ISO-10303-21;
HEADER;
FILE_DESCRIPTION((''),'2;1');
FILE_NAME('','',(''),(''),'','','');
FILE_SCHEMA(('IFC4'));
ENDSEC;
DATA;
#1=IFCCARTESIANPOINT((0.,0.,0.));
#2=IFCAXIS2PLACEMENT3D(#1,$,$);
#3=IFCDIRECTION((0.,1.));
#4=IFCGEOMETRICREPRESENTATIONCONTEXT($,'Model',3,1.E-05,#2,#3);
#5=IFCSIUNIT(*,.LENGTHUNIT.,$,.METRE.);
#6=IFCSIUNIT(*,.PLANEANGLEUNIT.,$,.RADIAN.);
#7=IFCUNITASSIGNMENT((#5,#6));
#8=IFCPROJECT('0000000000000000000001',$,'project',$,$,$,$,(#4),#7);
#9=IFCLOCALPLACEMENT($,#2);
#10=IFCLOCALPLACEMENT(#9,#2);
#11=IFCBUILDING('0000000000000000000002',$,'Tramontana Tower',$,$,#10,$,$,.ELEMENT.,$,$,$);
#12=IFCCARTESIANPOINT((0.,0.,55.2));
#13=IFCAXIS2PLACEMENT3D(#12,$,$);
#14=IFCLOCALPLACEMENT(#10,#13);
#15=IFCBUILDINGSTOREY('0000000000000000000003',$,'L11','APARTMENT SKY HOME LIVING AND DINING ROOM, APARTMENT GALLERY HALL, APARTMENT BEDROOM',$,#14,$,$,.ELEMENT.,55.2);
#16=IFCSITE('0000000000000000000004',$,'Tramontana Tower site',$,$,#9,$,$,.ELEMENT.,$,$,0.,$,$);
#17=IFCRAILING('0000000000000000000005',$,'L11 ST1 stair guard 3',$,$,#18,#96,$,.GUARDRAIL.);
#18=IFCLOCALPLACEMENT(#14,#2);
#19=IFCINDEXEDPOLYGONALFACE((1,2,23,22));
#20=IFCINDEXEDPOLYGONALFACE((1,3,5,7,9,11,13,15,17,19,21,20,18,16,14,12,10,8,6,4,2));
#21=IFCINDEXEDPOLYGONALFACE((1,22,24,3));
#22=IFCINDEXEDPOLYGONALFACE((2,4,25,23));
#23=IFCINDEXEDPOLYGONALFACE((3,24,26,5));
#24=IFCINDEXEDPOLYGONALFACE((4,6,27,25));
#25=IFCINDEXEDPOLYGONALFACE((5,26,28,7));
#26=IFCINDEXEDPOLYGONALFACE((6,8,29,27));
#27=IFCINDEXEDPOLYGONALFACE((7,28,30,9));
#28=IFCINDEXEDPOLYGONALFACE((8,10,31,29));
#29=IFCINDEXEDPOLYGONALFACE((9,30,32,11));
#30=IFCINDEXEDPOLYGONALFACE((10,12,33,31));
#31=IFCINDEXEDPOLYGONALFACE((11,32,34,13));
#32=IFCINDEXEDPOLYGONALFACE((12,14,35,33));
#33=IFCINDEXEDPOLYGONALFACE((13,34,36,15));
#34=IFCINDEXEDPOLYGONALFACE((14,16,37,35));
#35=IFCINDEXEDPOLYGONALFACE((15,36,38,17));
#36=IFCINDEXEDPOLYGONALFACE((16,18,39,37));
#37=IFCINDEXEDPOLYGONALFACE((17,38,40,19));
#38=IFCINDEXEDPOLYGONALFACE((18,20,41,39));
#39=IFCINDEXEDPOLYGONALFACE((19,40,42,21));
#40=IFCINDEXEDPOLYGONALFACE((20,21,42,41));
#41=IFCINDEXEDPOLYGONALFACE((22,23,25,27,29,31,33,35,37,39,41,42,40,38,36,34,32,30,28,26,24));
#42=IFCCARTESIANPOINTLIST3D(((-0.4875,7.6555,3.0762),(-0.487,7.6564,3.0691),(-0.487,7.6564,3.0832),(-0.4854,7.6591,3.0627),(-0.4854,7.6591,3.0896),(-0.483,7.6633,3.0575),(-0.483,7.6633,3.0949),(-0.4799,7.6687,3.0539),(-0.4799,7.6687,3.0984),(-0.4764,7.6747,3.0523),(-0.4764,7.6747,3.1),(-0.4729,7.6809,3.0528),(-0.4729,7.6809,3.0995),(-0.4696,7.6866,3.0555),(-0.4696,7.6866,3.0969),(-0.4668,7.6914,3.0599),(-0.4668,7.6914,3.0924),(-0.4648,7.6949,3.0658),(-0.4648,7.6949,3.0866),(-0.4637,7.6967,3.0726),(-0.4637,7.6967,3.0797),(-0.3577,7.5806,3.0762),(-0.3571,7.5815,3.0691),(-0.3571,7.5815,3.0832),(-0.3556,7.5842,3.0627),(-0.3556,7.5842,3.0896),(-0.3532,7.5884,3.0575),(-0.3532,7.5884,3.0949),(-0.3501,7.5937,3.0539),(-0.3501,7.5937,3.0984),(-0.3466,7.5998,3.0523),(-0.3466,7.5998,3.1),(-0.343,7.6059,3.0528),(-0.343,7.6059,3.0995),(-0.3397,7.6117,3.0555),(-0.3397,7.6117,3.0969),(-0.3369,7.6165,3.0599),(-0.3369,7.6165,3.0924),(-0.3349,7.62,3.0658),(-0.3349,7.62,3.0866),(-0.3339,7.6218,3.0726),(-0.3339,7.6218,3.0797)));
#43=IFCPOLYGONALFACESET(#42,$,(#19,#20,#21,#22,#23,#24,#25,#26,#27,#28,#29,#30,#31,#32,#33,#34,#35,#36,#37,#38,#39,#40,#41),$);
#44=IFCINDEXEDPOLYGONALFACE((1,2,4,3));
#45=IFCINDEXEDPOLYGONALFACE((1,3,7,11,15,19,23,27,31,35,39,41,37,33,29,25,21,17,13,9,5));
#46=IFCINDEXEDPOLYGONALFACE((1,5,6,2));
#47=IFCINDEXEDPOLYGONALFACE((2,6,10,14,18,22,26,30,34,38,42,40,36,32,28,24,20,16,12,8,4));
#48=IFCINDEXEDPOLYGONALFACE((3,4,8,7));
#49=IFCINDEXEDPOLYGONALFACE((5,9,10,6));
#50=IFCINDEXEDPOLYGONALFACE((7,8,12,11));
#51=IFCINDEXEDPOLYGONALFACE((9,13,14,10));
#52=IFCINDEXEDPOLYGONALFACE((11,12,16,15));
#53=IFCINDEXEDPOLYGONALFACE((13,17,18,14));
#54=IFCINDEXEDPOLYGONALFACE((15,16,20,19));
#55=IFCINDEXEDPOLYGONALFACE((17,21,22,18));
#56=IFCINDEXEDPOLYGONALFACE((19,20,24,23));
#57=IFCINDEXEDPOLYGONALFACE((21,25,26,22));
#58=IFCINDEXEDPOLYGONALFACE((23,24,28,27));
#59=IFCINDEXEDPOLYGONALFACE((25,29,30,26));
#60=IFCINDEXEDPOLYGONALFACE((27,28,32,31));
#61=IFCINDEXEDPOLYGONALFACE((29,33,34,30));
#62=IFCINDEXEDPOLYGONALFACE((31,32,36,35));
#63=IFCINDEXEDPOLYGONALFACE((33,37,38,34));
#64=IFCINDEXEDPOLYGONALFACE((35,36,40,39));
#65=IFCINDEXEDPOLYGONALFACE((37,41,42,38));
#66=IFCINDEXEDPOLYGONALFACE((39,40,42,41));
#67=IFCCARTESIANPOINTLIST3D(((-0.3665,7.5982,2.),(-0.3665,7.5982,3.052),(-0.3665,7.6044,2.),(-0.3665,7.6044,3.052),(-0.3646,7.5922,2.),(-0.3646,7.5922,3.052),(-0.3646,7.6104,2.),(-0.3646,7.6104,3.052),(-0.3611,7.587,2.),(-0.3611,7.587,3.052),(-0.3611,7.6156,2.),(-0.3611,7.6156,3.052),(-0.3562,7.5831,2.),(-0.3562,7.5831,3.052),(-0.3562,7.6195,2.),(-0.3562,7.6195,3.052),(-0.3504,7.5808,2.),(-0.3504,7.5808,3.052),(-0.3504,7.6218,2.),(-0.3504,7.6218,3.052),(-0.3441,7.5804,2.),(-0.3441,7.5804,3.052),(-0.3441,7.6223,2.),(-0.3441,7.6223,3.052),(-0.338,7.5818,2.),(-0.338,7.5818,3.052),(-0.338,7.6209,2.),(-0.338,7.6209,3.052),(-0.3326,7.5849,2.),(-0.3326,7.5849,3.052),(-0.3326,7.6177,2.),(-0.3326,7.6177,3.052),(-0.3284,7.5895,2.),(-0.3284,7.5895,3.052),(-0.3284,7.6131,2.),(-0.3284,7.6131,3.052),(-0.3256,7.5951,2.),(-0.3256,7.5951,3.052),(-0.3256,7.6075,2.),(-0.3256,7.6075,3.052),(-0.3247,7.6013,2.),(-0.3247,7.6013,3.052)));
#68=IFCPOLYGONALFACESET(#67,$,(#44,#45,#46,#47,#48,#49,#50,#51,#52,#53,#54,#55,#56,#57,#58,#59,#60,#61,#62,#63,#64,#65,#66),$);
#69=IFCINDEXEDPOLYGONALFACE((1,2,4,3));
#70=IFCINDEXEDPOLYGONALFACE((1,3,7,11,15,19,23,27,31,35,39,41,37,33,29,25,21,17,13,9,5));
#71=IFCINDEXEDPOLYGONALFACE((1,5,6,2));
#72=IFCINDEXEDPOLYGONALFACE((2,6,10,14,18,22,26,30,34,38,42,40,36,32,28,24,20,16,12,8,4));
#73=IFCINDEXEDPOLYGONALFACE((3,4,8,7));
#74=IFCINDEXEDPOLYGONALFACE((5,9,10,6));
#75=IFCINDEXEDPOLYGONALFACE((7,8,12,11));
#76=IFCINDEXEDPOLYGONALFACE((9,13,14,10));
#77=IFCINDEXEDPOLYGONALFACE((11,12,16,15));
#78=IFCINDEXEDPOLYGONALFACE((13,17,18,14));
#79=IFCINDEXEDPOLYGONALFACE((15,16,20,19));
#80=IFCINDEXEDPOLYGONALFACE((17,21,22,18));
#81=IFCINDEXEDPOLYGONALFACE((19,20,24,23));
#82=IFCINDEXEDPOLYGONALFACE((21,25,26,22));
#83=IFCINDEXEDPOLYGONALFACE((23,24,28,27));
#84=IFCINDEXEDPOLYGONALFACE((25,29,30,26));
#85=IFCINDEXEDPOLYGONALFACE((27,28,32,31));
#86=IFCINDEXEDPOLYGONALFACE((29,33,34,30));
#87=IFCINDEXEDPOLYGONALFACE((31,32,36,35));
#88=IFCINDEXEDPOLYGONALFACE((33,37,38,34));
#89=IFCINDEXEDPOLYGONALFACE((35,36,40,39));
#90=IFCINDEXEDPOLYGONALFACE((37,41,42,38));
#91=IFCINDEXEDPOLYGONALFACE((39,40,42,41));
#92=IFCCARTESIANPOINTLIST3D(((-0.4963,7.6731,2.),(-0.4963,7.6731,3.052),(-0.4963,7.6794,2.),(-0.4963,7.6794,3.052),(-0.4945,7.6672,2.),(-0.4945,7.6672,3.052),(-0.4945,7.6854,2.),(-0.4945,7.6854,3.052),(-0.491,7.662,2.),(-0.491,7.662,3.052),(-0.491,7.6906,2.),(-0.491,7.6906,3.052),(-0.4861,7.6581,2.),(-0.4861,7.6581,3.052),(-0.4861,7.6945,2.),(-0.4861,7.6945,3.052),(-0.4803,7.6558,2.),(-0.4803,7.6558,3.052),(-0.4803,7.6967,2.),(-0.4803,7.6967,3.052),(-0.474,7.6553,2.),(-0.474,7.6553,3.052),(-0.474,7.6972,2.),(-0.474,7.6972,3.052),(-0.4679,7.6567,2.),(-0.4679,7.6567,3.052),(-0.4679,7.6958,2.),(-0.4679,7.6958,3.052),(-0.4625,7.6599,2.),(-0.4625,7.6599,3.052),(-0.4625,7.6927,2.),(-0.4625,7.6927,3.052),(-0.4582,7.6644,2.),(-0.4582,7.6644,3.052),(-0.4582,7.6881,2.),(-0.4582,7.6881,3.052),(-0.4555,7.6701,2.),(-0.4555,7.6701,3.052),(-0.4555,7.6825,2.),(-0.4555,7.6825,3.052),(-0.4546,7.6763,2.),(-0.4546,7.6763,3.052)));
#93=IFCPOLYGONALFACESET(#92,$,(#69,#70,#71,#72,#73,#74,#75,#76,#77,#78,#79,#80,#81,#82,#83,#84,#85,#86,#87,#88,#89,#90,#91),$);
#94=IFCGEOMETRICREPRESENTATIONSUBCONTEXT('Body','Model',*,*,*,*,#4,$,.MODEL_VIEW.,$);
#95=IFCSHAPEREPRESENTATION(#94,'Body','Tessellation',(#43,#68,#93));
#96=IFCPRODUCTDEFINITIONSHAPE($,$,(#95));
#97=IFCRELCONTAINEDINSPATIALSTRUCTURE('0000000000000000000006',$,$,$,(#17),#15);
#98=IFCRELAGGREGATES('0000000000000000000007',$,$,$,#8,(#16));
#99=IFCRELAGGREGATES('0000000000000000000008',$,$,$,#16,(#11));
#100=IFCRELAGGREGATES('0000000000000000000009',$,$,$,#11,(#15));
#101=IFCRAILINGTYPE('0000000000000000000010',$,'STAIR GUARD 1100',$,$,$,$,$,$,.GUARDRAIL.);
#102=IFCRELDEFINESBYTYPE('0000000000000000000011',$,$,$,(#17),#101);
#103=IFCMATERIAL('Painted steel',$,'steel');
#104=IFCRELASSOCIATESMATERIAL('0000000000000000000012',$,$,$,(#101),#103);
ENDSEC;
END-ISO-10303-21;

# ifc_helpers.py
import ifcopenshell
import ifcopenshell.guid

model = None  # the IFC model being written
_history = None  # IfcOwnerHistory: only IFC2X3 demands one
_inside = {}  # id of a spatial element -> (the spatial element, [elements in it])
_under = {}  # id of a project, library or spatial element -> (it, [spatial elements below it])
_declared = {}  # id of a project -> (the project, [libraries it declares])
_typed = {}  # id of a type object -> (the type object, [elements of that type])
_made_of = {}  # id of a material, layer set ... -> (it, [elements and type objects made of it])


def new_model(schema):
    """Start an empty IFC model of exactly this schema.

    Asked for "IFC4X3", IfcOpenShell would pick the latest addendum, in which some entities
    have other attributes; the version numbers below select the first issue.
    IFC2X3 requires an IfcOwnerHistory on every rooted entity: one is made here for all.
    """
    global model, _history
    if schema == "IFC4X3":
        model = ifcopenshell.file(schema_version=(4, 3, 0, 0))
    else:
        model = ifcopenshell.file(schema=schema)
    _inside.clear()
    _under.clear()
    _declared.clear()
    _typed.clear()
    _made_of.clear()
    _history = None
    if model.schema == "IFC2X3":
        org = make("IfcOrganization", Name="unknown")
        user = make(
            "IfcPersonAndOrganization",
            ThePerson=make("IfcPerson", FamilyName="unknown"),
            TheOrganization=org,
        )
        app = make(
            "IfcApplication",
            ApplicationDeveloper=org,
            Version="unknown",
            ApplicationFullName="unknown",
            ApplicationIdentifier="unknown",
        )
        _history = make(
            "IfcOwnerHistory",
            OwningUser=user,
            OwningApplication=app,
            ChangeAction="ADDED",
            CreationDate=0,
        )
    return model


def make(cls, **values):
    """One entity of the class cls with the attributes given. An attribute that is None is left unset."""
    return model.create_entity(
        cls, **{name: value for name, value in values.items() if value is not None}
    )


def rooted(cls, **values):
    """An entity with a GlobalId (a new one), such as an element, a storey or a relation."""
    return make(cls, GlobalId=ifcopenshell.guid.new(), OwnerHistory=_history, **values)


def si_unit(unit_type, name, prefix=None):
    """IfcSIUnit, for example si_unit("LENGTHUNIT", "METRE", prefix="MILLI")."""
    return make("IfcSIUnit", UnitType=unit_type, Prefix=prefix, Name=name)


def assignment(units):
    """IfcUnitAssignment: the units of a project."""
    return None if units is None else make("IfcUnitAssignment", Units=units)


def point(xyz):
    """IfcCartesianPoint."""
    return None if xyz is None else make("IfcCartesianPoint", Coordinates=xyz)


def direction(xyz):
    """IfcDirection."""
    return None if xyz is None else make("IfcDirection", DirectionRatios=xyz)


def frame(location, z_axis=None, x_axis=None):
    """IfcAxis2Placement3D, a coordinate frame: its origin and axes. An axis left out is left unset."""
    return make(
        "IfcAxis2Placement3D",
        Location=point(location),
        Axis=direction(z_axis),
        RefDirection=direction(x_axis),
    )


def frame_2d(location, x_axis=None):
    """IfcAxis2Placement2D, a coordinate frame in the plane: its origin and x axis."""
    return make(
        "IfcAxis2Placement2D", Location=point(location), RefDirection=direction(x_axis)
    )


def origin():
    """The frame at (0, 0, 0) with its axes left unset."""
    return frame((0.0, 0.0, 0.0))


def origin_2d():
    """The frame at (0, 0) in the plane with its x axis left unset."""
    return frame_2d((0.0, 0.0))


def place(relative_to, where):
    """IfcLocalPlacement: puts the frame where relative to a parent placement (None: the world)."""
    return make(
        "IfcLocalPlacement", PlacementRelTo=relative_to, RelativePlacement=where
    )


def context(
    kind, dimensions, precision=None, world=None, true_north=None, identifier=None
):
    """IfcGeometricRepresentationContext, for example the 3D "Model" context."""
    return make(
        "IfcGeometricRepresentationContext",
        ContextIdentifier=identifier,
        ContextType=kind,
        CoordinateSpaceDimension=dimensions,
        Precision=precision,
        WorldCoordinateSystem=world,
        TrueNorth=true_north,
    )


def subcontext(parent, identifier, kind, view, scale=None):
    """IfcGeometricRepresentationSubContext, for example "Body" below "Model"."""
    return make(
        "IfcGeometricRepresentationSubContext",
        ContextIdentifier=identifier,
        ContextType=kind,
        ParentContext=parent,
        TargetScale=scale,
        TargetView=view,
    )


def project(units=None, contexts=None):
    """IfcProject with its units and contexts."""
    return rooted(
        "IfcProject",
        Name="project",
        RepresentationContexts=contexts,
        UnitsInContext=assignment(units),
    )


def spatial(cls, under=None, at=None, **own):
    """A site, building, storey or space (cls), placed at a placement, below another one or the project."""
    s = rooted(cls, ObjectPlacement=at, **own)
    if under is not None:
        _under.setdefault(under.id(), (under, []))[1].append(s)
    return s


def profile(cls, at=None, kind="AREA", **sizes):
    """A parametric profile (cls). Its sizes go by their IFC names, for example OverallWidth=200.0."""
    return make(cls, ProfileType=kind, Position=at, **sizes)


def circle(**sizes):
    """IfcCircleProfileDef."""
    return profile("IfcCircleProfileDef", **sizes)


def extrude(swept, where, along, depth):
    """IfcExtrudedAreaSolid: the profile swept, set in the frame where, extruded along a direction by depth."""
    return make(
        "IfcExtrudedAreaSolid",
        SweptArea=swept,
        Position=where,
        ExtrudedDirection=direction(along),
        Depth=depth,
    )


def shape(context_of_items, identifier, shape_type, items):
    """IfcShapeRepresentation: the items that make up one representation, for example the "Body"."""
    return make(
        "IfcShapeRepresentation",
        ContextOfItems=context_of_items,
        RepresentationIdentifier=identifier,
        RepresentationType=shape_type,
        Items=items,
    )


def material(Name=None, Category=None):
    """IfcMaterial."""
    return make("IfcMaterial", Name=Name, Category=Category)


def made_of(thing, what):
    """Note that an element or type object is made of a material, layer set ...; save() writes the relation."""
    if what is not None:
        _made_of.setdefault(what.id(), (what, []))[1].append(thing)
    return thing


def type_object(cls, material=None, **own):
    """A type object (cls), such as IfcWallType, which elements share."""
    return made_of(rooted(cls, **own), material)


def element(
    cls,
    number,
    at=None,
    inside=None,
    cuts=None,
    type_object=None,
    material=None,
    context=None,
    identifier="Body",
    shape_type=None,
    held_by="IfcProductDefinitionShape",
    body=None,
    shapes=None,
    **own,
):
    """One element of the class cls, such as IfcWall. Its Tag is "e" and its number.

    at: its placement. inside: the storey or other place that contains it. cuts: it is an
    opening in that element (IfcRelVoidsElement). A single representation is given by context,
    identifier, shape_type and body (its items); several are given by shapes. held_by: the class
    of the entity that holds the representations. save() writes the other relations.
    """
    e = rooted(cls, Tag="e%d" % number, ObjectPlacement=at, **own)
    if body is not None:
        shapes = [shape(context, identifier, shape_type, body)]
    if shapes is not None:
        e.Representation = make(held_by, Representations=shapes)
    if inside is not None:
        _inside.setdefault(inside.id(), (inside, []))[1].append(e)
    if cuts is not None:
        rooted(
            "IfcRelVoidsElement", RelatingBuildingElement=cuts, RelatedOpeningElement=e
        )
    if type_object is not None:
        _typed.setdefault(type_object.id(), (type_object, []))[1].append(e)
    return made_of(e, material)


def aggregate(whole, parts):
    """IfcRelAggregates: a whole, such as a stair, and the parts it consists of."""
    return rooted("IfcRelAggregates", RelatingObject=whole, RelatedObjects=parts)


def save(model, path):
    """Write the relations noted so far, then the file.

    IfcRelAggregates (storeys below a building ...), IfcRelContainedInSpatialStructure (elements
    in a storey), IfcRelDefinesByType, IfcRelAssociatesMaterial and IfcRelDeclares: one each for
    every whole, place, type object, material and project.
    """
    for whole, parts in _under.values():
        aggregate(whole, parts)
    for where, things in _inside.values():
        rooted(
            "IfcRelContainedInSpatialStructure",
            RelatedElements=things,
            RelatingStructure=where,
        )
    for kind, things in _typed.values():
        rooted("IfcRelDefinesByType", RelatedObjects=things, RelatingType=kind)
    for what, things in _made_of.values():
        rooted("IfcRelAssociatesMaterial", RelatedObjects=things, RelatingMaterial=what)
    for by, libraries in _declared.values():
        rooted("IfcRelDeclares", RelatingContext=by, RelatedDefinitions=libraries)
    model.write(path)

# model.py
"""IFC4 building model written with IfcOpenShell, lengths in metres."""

from ifc_helpers import new_model, si_unit, direction, frame, origin, origin_2d, place, context, subcontext, project, spatial, circle, extrude, material, type_object, element, save


model = new_model("IFC4")

# Units and contexts
model_context = context("Model", 3, precision=1e-05, world=origin(), true_north=direction((0.0, 1.0)))
body_context = subcontext(model_context, "Body", "Model", "MODEL_VIEW")
ifc_project = project(units=[si_unit("LENGTHUNIT", "METRE"), si_unit("PLANEANGLEUNIT", "RADIAN")], contexts=[model_context])

# Site, building, storey
site_placement = place(None, origin())
site = spatial("IfcSite", under=ifc_project, at=site_placement, Name="Tramontana Tower site", CompositionType="ELEMENT", RefElevation=0.0)
building_placement = place(site_placement, origin())
building = spatial("IfcBuilding", under=site, at=building_placement, Name="Tramontana Tower", CompositionType="ELEMENT")
storey_placement = place(building_placement, frame((0.0, 0.0, 55.2)))
storey = spatial("IfcBuildingStorey", under=building, at=storey_placement, Name="L11", Description="APARTMENT SKY HOME LIVING AND DINING ROOM, APARTMENT GALLERY HALL, APARTMENT BEDROOM", CompositionType="ELEMENT", Elevation=55.2)

# Railing
ifc_material_1 = material(Name="Painted steel", Category="steel")
railing_type_1 = type_object("IfcRailingType", Name="STAIR GUARD 1100", PredefinedType="GUARDRAIL", material=ifc_material_1)
railing_1_placement = place(storey_placement, frame((-0.3457, 7.6013, 2.0)))
element("IfcRailing", 1, at=railing_1_placement, inside=storey, type_object=railing_type_1, Name="L11 ST1 stair guard 3", PredefinedType="GUARDRAIL", context=body_context, shape_type="SweptSolid", body=[
    extrude(circle(Radius=0.0239, at=origin_2d()), frame((0.0, 0.0, 1.0762), z_axis=(-0.866131, 0.499816, 0.0), x_axis=(-0.499816, -0.866131, 0.0)), (0.0, 0.0, 1.0), 0.1499),
    extrude(circle(Radius=0.021, at=origin_2d()), origin(), (0.0, 0.0, 1.0), 1.052),
    extrude(circle(Radius=0.021, at=origin_2d()), frame((-0.1299, 0.075, 0.0)), (0.0, 0.0, 1.0), 1.052),
])

save(model, "model.ifc")
